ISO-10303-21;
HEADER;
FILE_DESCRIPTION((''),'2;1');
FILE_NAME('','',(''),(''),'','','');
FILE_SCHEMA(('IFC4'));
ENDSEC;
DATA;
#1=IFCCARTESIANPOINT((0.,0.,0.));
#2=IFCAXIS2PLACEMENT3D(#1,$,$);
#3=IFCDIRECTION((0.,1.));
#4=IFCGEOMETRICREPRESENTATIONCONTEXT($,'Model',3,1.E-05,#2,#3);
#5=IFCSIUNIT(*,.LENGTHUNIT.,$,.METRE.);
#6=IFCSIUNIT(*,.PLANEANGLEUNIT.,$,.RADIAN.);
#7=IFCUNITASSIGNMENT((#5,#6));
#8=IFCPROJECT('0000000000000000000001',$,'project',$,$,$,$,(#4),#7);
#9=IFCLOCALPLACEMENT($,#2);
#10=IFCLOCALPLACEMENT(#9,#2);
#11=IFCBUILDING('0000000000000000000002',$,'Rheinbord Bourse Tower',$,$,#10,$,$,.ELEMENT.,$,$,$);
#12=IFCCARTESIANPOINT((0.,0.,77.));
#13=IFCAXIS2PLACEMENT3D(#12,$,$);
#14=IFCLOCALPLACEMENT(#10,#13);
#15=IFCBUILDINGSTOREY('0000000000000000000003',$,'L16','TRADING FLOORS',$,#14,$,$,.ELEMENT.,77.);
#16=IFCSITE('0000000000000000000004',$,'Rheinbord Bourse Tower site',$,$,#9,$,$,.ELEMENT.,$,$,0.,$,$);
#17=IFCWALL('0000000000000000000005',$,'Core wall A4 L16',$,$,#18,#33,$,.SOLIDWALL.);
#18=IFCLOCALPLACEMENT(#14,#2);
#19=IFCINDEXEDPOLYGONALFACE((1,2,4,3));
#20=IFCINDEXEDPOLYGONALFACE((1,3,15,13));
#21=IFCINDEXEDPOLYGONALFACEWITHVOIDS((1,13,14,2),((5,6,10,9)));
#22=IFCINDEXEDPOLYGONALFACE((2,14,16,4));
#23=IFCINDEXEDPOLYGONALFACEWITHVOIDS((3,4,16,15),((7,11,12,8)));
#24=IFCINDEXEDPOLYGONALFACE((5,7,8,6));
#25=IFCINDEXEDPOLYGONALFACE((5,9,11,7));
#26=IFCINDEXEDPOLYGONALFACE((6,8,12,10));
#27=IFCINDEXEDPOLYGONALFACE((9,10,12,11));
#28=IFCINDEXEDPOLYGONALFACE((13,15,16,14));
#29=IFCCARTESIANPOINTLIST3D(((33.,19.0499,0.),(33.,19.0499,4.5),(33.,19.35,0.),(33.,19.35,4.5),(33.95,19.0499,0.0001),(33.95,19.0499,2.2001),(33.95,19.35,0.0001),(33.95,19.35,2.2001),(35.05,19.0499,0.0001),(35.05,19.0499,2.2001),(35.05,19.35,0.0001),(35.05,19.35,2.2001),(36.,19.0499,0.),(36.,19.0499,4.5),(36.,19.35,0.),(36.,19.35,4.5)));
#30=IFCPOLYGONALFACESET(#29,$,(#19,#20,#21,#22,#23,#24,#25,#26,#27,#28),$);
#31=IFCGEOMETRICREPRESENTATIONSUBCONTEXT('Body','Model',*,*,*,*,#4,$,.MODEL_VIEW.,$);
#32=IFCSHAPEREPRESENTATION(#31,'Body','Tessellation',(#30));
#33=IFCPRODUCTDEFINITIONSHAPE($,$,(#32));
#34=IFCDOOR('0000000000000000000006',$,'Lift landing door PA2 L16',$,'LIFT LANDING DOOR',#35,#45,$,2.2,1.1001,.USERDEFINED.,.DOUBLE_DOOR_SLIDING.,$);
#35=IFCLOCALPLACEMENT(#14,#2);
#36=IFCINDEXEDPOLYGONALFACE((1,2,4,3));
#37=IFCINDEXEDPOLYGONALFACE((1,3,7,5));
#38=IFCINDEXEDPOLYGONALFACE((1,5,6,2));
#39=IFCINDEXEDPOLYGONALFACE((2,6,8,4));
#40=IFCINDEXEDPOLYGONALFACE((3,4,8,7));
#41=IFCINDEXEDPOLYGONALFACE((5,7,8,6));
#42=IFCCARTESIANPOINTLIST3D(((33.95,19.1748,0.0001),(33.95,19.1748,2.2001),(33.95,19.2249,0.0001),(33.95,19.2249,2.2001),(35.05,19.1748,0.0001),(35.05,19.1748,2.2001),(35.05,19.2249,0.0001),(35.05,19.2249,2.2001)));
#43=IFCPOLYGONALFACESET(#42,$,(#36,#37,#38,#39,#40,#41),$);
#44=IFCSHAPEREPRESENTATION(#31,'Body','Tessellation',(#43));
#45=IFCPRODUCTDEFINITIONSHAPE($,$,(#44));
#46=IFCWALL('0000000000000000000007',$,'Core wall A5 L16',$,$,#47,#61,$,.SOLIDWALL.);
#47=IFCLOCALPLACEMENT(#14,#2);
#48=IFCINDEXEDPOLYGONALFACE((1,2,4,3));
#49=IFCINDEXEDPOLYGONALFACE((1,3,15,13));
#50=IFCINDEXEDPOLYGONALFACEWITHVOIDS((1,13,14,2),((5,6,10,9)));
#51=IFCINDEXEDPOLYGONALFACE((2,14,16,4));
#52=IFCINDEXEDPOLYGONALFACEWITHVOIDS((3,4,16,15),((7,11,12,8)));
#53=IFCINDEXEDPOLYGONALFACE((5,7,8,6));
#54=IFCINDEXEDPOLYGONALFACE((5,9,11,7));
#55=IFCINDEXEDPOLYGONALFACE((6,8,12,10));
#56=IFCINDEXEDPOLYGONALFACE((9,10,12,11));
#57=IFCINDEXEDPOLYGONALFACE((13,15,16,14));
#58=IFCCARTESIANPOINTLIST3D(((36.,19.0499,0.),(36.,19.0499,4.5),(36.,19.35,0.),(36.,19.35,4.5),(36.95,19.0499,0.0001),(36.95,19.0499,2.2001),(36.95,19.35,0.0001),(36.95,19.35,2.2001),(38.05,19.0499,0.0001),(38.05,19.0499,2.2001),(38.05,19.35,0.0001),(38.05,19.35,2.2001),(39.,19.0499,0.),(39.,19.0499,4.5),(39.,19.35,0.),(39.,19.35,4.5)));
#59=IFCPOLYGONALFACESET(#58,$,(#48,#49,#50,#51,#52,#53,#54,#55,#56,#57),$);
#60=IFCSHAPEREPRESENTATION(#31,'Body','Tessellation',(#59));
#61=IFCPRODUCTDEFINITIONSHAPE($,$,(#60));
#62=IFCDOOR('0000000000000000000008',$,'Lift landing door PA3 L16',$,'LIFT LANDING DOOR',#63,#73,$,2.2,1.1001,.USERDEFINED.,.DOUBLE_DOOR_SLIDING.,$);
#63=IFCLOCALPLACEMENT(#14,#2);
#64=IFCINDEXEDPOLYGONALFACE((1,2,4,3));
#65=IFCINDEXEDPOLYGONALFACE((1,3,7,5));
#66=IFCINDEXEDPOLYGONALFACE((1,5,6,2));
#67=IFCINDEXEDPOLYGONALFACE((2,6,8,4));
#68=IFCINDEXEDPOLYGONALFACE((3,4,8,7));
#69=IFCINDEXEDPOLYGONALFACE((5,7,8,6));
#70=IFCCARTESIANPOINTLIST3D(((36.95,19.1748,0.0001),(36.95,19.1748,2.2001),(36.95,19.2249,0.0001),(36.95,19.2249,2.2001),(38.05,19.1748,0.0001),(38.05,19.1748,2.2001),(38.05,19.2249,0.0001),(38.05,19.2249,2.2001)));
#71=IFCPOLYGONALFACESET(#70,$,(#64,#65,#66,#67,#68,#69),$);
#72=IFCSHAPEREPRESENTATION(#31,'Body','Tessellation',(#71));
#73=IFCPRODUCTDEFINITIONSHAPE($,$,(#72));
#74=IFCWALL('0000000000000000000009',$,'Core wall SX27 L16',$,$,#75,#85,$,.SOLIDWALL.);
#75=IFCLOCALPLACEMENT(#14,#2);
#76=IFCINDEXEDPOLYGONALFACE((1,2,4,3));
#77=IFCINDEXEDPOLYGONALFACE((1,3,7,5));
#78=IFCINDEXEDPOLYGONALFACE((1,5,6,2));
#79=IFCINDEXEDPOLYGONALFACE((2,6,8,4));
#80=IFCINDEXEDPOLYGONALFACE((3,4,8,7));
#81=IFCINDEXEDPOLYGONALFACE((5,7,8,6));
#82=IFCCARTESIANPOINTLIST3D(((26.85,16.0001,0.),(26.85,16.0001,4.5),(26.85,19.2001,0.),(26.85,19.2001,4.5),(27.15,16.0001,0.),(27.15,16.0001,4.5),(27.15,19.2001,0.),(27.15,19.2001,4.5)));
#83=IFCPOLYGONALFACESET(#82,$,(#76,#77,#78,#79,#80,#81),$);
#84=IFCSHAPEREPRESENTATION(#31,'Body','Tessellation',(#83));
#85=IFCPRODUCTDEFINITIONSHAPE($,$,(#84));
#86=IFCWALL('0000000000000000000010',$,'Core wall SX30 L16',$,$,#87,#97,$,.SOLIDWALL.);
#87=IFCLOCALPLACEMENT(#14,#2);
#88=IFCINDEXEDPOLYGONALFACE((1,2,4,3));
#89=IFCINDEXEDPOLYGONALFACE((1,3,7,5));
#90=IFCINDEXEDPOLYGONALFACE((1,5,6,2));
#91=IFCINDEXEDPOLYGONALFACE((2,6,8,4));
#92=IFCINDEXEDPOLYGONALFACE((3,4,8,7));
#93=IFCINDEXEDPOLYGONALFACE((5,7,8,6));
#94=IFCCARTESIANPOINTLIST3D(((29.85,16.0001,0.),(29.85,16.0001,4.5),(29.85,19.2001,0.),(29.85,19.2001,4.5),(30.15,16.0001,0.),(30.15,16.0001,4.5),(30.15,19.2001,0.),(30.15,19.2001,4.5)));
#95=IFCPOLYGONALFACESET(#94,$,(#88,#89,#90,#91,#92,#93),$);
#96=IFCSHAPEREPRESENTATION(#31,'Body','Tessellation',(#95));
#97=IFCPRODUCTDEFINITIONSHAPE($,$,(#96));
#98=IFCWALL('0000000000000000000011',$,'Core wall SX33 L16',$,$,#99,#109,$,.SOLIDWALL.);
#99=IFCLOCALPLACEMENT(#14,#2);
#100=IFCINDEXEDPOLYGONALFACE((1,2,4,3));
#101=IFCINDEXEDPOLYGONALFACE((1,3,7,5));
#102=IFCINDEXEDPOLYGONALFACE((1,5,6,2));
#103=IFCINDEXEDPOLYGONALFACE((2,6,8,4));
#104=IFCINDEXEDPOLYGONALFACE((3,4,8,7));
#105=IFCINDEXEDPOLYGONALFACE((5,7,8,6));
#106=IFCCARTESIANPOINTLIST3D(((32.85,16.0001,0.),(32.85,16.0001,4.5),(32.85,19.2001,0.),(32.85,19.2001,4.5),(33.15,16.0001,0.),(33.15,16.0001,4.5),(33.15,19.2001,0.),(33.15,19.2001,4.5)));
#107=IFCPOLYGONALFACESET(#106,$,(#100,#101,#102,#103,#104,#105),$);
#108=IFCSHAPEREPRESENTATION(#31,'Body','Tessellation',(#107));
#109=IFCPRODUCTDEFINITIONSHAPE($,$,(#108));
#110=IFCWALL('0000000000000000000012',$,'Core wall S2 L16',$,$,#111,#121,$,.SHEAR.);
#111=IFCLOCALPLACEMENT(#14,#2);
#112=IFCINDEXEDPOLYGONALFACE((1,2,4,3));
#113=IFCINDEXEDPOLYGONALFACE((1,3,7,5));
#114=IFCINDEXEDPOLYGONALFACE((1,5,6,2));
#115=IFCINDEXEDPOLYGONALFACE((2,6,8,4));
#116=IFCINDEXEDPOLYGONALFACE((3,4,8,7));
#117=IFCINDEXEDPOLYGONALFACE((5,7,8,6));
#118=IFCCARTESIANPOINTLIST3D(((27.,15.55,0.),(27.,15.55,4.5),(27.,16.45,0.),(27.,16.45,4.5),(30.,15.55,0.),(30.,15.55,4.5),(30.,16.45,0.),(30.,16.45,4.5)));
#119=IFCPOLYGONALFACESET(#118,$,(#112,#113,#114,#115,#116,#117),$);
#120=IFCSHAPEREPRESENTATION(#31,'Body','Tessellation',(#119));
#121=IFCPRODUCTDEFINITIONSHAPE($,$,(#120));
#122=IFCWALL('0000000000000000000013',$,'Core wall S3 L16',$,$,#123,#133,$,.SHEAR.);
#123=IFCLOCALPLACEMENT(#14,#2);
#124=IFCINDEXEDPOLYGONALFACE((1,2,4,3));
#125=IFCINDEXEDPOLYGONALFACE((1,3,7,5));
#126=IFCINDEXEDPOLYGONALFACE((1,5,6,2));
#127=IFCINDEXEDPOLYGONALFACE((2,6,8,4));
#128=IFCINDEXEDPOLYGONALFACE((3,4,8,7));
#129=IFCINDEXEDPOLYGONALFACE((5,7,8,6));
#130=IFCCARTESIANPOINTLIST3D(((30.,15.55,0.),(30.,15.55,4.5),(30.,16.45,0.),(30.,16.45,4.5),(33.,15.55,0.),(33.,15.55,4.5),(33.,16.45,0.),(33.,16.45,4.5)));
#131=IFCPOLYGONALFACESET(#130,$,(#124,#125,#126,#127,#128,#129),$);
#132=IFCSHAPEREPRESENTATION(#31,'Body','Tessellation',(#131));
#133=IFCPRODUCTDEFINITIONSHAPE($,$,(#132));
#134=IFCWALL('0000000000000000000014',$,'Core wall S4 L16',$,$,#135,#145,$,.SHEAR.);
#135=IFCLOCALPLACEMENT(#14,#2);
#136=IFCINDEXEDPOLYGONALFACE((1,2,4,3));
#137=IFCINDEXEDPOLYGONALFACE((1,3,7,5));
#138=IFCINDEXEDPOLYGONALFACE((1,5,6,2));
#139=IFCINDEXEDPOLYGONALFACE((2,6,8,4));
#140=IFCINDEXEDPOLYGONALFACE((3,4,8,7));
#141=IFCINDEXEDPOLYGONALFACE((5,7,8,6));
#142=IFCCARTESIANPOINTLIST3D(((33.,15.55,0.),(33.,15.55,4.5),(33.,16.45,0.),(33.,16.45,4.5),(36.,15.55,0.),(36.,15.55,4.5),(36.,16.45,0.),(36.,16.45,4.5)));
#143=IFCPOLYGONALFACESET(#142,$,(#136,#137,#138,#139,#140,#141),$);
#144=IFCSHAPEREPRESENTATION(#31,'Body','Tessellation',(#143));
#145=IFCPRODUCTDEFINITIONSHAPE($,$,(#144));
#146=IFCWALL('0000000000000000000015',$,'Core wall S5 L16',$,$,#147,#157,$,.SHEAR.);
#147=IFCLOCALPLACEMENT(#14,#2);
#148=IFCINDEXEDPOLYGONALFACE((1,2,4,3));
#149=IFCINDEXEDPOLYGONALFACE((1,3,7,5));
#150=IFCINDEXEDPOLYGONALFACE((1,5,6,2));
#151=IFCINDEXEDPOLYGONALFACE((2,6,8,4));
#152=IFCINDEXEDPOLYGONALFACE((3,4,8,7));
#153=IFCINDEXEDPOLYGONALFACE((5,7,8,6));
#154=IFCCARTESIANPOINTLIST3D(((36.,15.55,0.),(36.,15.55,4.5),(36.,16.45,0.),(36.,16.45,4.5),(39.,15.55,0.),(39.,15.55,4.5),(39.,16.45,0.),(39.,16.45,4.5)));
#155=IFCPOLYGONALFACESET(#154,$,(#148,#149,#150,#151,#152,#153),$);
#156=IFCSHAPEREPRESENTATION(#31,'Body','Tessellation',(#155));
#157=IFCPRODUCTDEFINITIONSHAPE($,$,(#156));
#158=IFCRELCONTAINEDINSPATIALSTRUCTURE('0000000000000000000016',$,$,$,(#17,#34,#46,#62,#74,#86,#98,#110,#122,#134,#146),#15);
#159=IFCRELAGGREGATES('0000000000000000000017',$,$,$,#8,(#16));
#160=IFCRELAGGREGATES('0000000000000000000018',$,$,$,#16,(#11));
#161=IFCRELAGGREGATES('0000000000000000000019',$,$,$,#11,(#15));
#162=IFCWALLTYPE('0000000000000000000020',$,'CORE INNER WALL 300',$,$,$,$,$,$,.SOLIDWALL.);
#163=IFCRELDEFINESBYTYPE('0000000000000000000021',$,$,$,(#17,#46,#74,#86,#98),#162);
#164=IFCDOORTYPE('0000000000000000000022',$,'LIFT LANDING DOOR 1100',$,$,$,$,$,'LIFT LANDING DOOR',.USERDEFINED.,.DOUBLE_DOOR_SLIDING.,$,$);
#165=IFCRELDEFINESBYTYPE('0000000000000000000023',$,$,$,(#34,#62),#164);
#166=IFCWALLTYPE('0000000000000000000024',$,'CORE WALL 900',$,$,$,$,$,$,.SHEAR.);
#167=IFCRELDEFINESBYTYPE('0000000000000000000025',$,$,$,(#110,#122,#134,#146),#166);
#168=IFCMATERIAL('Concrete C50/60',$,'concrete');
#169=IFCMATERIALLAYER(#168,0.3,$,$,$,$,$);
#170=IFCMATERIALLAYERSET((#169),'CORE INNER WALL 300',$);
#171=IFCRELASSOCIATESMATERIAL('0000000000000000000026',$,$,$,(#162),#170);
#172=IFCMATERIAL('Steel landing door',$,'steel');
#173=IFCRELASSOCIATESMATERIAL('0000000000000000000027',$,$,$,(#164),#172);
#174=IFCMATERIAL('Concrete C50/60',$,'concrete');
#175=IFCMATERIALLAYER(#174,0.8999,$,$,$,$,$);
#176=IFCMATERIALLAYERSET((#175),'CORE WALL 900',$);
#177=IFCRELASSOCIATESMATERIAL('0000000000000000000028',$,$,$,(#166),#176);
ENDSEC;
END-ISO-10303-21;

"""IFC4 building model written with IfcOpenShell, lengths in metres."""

from ifc_helpers import new_model, si_unit, direction, frame, frame_2d, origin, place, context, subcontext, project, spatial, rectangle, extrude, material, layer, layer_set, type_object, element, fill, save


model = new_model("IFC4")

# Units and contexts
model_context = context("Model", 3, precision=1e-05, world=origin(), true_north=direction((0.0, 1.0)))
body_context = subcontext(model_context, "Body", "Model", "MODEL_VIEW")
ifc_project = project(units=[si_unit("LENGTHUNIT", "METRE"), si_unit("PLANEANGLEUNIT", "RADIAN")], contexts=[model_context])

# Site, building, storey
site_placement = place(None, origin())
site = spatial("IfcSite", under=ifc_project, at=site_placement, Name="Rheinbord Bourse Tower site", CompositionType="ELEMENT", RefElevation=0.0)
building_placement = place(site_placement, origin())
building = spatial("IfcBuilding", under=site, at=building_placement, Name="Rheinbord Bourse Tower", CompositionType="ELEMENT")
storey_placement = place(building_placement, frame((0.0, 0.0, 77.0)))
storey = spatial("IfcBuildingStorey", under=building, at=storey_placement, Name="L16", Description="TRADING FLOORS", CompositionType="ELEMENT", Elevation=77.0)

# Walls, openings, doors
ifc_material_1 = material(Name="Concrete C50/60", Category="concrete")
ifc_layer_1 = layer(ifc_material_1, 0.3)
ifc_layer_set_1 = layer_set([ifc_layer_1], Name="CORE INNER WALL 300")
wall_type_1 = type_object("IfcWallType", Name="CORE INNER WALL 300", PredefinedType="SOLIDWALL", material=ifc_layer_set_1)
ifc_material_2 = material(Name="Steel landing door", Category="steel")
door_type = type_object("IfcDoorType", Name="LIFT LANDING DOOR 1100", ElementType="LIFT LANDING DOOR", OperationType="DOUBLE_DOOR_SLIDING", PredefinedType="USERDEFINED", material=ifc_material_2)
wall_1_placement = place(storey_placement, frame((33.0, 19.2, 0.0), z_axis=(0.0, 0.0, 1.0), x_axis=(1.0, 0.0, 0.0)))
wall_1 = element("IfcWall", 1, at=wall_1_placement, inside=storey, type_object=wall_type_1, Name="Core wall A4 L16", PredefinedType="SOLIDWALL", context=body_context, shape_type="SweptSolid", body=[
    extrude(rectangle(XDim=3.0, YDim=0.3, at=frame_2d((1.5, 0.0))), origin(), (0.0, 0.0, 1.0), 4.5),
])
opening_1_placement = place(wall_1_placement, frame((0.95, 0.0, 0.0)))
opening_1 = element("IfcOpeningElement", 2, at=opening_1_placement, cuts=wall_1, PredefinedType="OPENING", context=body_context, shape_type="SweptSolid", body=[
    extrude(rectangle(XDim=1.1001, YDim=2.2, at=frame_2d((0.55, 1.1001))), frame((0.0, 0.1599, 0.0), z_axis=(0.0, -1.0, 0.0), x_axis=(1.0, 0.0, 0.0)), (0.0, 0.0, 1.0), 0.3201),
])
door_1_placement = place(opening_1_placement, origin())
door_1 = element("IfcDoor", 3, at=door_1_placement, inside=storey, type_object=door_type, Name="Lift landing door PA2 L16", ObjectType="LIFT LANDING DOOR", OperationType="DOUBLE_DOOR_SLIDING", OverallHeight=2.2, OverallWidth=1.1001, PredefinedType="USERDEFINED", context=body_context, shape_type="SweptSolid", body=[
    extrude(rectangle(XDim=1.1001, YDim=2.2, at=frame_2d((0.55, 1.1001))), frame((0.0, 0.0249, 0.0), z_axis=(0.0, -1.0, 0.0), x_axis=(1.0, 0.0, 0.0)), (0.0, 0.0, 1.0), 0.05),
])
fill(opening_1, door_1)
wall_2_placement = place(storey_placement, frame((36.0, 19.2, 0.0), z_axis=(0.0, 0.0, 1.0), x_axis=(1.0, 0.0, 0.0)))
wall_2 = element("IfcWall", 4, at=wall_2_placement, inside=storey, type_object=wall_type_1, Name="Core wall A5 L16", PredefinedType="SOLIDWALL", context=body_context, shape_type="SweptSolid", body=[
    extrude(rectangle(XDim=3.0, YDim=0.3, at=frame_2d((1.5, 0.0))), origin(), (0.0, 0.0, 1.0), 4.5),
])
opening_2_placement = place(wall_2_placement, frame((0.95, 0.0, 0.0)))
opening_2 = element("IfcOpeningElement", 5, at=opening_2_placement, cuts=wall_2, PredefinedType="OPENING", context=body_context, shape_type="SweptSolid", body=[
    extrude(rectangle(XDim=1.1001, YDim=2.2, at=frame_2d((0.55, 1.1001))), frame((0.0, 0.1599, 0.0), z_axis=(0.0, -1.0, 0.0), x_axis=(1.0, 0.0, 0.0)), (0.0, 0.0, 1.0), 0.3201),
])
door_2_placement = place(opening_2_placement, origin())
door_2 = element("IfcDoor", 6, at=door_2_placement, inside=storey, type_object=door_type, Name="Lift landing door PA3 L16", ObjectType="LIFT LANDING DOOR", OperationType="DOUBLE_DOOR_SLIDING", OverallHeight=2.2, OverallWidth=1.1001, PredefinedType="USERDEFINED", context=body_context, shape_type="SweptSolid", body=[
    extrude(rectangle(XDim=1.1001, YDim=2.2, at=frame_2d((0.55, 1.1001))), frame((0.0, 0.0249, 0.0), z_axis=(0.0, -1.0, 0.0), x_axis=(1.0, 0.0, 0.0)), (0.0, 0.0, 1.0), 0.05),
])
fill(opening_2, door_2)

# Walls
for number, where, z_axis, x_axis, name in (
    (7, (27.0, 16.0, 0.0), (0.0, 0.0, 1.0), (0.0, 1.0, 0.0), "Core wall SX27 L16"),
    (8, (30.0, 16.0, 0.0), (0.0, 0.0, 1.0), (0.0, 1.0, 0.0), "Core wall SX30 L16"),
    (9, (33.0, 16.0, 0.0), (0.0, 0.0, 1.0), (0.0, 1.0, 0.0), "Core wall SX33 L16"),
):
    element("IfcWall", number, at=place(storey_placement, frame(where, z_axis=z_axis, x_axis=x_axis)), inside=storey, type_object=wall_type_1, Name=name, PredefinedType="SOLIDWALL", context=body_context, shape_type="SweptSolid", body=[
        extrude(rectangle(XDim=3.2, YDim=0.3, at=frame_2d((1.6001, 0.0))), origin(), (0.0, 0.0, 1.0), 4.5),
    ])
ifc_material_3 = material(Name="Concrete C50/60", Category="concrete")
ifc_layer_2 = layer(ifc_material_3, 0.8999)
ifc_layer_set_2 = layer_set([ifc_layer_2], Name="CORE WALL 900")
wall_type_2 = type_object("IfcWallType", Name="CORE WALL 900", PredefinedType="SHEAR", material=ifc_layer_set_2)
for number, where, z_axis, x_axis, name in (
    (10, (27.0, 16.0, 0.0), (0.0, 0.0, 1.0), (1.0, 0.0, 0.0), "Core wall S2 L16"),
    (11, (30.0, 16.0, 0.0), (0.0, 0.0, 1.0), (1.0, 0.0, 0.0), "Core wall S3 L16"),
    (12, (33.0, 16.0, 0.0), (0.0, 0.0, 1.0), (1.0, 0.0, 0.0), "Core wall S4 L16"),
    (13, (36.0, 16.0, 0.0), (0.0, 0.0, 1.0), (1.0, 0.0, 0.0), "Core wall S5 L16"),
):
    element("IfcWall", number, at=place(storey_placement, frame(where, z_axis=z_axis, x_axis=x_axis)), inside=storey, type_object=wall_type_2, Name=name, PredefinedType="SHEAR", context=body_context, shape_type="SweptSolid", body=[
        extrude(rectangle(XDim=3.0, YDim=0.8999, at=frame_2d((1.5, 0.0))), origin(), (0.0, 0.0, 1.0), 4.5),
    ])

save(model, "model.ifc")
